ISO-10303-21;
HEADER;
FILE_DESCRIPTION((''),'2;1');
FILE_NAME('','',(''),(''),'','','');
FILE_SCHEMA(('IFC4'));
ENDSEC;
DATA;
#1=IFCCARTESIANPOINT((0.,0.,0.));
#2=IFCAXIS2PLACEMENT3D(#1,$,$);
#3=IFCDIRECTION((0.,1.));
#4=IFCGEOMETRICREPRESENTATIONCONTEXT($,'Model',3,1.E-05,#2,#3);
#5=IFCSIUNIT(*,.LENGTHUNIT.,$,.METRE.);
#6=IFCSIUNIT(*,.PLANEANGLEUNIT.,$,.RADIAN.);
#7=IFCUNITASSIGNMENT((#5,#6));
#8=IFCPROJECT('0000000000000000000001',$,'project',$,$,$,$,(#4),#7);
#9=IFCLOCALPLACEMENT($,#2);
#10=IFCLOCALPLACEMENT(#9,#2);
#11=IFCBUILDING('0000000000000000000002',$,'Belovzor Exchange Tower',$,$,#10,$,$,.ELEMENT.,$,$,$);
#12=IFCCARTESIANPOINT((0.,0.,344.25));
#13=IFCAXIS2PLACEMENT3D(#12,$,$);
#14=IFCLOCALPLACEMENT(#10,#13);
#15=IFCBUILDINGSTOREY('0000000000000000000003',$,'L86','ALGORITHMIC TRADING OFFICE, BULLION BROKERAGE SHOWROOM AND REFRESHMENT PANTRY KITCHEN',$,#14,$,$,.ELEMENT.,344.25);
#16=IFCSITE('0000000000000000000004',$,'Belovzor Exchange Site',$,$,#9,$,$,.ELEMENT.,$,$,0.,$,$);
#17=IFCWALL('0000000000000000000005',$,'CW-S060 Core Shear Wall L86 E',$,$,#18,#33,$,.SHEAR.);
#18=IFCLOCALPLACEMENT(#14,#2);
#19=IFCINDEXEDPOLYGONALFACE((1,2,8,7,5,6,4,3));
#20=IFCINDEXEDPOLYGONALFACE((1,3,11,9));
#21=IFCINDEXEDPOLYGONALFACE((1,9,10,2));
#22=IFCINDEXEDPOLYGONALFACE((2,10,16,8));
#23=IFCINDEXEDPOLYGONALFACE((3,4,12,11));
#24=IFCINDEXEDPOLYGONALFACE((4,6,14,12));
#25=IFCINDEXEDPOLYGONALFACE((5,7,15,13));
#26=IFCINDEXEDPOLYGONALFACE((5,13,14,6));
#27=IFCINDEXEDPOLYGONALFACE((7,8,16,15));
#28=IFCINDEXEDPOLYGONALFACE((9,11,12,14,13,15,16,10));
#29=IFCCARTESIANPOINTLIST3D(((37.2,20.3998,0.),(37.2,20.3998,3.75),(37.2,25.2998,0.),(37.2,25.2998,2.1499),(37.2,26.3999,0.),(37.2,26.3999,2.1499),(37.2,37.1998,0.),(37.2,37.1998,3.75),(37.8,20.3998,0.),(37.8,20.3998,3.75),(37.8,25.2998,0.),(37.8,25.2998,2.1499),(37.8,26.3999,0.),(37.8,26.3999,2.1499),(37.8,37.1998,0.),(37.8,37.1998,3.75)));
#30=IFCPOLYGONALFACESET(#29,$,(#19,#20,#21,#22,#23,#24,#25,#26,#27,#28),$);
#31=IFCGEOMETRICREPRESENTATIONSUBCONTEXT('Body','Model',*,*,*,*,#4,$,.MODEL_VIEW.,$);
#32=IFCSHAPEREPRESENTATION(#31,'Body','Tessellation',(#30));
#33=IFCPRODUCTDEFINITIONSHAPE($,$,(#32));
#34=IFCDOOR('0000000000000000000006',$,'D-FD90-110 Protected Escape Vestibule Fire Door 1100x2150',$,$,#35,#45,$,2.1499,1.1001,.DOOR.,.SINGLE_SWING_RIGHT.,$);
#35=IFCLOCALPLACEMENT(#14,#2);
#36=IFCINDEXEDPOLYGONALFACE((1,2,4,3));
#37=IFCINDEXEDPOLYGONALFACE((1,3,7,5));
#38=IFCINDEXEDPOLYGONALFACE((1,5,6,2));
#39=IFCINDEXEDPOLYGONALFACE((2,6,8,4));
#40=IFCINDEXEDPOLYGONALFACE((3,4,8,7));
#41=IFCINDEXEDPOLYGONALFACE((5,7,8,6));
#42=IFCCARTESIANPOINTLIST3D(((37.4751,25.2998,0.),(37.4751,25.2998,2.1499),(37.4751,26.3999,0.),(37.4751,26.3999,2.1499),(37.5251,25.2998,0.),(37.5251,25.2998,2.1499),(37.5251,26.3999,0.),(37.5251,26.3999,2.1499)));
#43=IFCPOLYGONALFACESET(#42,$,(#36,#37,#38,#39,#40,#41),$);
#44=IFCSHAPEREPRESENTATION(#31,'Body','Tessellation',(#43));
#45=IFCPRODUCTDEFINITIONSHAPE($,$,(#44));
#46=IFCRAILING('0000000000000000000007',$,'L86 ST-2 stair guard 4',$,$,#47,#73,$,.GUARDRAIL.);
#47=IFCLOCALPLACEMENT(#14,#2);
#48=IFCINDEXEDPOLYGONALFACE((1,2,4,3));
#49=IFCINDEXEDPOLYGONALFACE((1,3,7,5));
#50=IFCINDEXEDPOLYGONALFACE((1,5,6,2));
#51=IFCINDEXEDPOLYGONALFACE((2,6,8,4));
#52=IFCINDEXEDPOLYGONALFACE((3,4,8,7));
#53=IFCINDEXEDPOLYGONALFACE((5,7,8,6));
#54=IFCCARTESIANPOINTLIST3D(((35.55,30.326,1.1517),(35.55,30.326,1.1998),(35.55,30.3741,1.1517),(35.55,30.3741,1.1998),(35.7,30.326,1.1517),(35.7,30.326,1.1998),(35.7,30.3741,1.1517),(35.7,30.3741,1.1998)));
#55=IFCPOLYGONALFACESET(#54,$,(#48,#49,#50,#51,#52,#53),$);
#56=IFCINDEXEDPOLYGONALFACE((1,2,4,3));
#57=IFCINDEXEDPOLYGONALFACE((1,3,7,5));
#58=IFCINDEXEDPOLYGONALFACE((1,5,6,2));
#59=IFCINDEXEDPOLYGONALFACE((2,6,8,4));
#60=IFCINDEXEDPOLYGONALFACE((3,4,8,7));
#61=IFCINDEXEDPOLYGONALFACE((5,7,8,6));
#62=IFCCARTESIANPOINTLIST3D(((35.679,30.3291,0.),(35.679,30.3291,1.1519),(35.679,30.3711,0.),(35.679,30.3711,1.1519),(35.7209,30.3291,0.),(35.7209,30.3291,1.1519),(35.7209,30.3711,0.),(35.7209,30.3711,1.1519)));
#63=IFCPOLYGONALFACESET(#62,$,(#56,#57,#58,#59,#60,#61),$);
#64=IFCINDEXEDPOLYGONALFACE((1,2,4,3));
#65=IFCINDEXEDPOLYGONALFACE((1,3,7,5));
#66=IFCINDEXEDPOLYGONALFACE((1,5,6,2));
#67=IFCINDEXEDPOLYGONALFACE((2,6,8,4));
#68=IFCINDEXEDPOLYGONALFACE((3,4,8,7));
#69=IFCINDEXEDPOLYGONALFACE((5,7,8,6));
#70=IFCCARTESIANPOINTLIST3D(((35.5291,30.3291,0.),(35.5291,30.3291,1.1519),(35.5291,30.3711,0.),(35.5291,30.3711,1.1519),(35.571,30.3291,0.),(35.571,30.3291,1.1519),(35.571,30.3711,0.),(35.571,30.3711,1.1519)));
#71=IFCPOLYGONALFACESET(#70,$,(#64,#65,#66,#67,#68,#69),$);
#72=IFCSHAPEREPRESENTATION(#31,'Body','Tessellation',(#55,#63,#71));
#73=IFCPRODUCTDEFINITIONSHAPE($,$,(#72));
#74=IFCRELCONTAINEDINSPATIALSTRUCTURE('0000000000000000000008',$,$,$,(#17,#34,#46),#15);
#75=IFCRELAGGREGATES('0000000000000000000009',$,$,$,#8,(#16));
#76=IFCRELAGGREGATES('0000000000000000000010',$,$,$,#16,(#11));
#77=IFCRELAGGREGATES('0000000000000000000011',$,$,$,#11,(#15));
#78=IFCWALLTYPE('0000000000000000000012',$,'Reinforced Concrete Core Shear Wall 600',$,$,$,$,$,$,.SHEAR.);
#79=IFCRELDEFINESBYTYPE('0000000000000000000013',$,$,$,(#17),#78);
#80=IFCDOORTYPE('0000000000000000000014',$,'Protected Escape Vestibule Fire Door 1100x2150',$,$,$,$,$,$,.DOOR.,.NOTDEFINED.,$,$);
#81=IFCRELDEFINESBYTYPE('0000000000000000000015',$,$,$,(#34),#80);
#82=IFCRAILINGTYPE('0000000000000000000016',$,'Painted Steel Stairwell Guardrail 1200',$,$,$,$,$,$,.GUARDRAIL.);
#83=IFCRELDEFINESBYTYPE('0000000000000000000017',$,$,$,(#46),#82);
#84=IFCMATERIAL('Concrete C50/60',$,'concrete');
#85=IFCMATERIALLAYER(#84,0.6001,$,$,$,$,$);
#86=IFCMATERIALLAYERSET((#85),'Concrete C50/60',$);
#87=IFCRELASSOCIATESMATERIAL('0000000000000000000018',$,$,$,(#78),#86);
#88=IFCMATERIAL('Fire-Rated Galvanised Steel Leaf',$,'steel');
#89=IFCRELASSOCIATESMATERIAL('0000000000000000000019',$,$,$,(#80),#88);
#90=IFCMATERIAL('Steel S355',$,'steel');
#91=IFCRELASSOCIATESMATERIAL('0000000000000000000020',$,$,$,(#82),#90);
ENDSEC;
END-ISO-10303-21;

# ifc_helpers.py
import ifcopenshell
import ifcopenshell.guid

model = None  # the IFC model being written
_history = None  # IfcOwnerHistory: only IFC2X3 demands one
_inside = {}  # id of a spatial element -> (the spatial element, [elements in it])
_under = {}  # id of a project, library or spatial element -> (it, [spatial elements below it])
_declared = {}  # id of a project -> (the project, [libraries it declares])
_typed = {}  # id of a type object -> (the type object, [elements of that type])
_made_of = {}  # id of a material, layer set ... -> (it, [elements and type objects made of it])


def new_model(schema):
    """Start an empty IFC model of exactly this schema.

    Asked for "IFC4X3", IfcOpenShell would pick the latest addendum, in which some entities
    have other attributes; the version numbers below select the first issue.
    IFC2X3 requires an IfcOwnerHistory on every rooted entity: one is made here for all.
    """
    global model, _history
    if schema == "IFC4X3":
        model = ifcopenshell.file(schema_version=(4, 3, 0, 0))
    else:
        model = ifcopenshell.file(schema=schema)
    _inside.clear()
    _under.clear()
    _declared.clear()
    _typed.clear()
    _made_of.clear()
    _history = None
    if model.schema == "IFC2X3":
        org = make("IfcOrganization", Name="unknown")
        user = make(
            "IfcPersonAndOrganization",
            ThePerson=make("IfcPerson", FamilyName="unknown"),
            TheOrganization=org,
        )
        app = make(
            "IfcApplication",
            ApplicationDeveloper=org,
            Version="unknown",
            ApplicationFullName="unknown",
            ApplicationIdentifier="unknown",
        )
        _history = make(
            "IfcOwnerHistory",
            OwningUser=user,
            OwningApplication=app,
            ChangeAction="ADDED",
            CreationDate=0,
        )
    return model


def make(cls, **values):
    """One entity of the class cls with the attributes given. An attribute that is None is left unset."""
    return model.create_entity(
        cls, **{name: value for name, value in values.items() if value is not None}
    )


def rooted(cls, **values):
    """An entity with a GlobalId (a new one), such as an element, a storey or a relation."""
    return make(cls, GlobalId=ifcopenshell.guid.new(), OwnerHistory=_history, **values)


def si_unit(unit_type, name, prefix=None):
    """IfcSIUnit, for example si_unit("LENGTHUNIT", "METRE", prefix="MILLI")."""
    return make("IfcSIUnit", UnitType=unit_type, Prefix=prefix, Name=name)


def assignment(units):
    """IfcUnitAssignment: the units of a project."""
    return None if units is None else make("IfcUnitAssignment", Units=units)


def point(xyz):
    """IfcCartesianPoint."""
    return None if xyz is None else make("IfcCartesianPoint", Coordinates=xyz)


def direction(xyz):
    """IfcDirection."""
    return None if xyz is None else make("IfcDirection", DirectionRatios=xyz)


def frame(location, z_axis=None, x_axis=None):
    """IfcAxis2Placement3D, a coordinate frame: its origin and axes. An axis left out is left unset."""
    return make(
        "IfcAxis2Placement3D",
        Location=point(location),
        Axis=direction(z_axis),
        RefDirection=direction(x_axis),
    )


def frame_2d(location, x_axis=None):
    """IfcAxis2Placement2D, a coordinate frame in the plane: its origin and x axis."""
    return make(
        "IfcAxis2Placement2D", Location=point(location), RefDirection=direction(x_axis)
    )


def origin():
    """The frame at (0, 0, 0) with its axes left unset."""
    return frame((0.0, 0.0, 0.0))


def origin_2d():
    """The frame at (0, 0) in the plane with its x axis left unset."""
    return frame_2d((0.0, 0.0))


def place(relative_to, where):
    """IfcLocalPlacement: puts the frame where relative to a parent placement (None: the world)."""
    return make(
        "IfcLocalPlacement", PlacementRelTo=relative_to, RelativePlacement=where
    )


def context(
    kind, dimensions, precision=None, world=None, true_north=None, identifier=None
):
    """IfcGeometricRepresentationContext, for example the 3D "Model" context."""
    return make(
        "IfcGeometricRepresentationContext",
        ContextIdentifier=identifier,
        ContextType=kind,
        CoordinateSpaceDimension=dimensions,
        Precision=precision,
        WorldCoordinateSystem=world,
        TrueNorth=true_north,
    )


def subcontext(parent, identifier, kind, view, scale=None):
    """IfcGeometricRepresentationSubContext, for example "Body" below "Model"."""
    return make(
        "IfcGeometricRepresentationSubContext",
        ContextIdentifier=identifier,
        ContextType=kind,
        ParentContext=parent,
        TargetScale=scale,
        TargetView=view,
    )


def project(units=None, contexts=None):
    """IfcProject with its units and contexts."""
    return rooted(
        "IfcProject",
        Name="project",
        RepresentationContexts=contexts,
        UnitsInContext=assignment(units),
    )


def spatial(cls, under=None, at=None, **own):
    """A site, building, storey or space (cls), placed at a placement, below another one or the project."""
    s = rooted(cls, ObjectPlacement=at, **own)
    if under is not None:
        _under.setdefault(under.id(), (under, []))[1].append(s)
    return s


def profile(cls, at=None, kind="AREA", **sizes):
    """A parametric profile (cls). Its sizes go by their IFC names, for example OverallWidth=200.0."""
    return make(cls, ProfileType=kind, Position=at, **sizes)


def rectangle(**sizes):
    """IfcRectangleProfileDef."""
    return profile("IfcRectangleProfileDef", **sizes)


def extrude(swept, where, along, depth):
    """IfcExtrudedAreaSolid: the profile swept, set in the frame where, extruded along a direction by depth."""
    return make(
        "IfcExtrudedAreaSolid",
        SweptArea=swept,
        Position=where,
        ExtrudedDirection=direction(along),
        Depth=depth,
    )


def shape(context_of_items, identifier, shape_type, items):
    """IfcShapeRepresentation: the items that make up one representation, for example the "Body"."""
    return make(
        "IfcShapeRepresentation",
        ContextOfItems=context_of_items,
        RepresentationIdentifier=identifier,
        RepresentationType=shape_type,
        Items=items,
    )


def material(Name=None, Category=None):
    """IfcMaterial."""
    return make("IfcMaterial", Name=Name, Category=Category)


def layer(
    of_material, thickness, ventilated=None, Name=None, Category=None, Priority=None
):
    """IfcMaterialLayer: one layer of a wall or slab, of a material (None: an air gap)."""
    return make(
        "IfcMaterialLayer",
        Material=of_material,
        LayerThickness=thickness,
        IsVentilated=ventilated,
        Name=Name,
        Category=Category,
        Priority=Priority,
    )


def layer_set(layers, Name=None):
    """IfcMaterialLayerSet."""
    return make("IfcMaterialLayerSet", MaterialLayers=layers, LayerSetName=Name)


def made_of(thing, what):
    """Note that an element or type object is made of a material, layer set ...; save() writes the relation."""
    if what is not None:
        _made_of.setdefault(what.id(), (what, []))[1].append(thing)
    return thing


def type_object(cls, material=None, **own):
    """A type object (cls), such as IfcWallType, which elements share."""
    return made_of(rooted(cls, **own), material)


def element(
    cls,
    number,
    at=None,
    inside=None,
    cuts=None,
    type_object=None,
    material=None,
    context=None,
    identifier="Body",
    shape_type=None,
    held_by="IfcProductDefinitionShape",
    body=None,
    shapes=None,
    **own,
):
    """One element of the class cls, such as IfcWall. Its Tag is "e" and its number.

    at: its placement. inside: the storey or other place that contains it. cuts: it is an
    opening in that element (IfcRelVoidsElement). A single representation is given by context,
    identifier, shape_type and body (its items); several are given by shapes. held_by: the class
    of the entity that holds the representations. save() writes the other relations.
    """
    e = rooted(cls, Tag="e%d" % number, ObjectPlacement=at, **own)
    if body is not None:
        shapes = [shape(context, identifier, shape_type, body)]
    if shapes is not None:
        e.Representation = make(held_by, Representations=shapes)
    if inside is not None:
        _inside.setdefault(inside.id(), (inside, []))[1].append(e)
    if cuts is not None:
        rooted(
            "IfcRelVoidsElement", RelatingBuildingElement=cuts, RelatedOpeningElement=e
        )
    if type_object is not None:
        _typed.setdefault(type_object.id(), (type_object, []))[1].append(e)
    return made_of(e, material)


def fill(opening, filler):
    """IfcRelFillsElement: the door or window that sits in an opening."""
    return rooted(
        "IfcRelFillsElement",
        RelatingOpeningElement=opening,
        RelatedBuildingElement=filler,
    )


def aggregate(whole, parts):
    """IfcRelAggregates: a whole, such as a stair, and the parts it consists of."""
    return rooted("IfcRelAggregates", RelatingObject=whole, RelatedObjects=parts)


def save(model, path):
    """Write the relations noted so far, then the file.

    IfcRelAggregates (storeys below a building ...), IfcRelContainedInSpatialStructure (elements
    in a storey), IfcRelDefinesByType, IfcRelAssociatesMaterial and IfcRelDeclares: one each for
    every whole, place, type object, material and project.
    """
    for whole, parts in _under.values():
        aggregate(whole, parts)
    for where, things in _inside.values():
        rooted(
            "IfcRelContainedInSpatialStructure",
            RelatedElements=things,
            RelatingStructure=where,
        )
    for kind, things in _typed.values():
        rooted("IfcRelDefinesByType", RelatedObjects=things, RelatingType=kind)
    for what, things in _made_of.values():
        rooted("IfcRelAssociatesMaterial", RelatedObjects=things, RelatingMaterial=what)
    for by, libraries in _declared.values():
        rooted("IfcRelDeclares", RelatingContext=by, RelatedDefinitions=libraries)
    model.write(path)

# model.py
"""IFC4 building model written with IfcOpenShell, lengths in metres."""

from ifc_helpers import new_model, si_unit, direction, frame, frame_2d, origin, origin_2d, place, context, subcontext, project, spatial, rectangle, extrude, material, layer, layer_set, type_object, element, fill, save


model = new_model("IFC4")

# Units and contexts
model_context = context("Model", 3, precision=1e-05, world=origin(), true_north=direction((0.0, 1.0)))
body_context = subcontext(model_context, "Body", "Model", "MODEL_VIEW")
ifc_project = project(units=[si_unit("LENGTHUNIT", "METRE"), si_unit("PLANEANGLEUNIT", "RADIAN")], contexts=[model_context])

# Site, building, storey
site_placement = place(None, origin())
site = spatial("IfcSite", under=ifc_project, at=site_placement, Name="Belovzor Exchange Site", CompositionType="ELEMENT", RefElevation=0.0)
building_placement = place(site_placement, origin())
building = spatial("IfcBuilding", under=site, at=building_placement, Name="Belovzor Exchange Tower", CompositionType="ELEMENT")
storey_placement = place(building_placement, frame((0.0, 0.0, 344.25)))
storey = spatial("IfcBuildingStorey", under=building, at=storey_placement, Name="L86", Description="ALGORITHMIC TRADING OFFICE, BULLION BROKERAGE SHOWROOM AND REFRESHMENT PANTRY KITCHEN", CompositionType="ELEMENT", Elevation=344.25)

# Wall, opening, door
ifc_material_1 = material(Name="Concrete C50/60", Category="concrete")
ifc_layer_1 = layer(ifc_material_1, 0.6001)
ifc_layer_set_1 = layer_set([ifc_layer_1], Name="Concrete C50/60")
wall_type_1 = type_object("IfcWallType", Name="Reinforced Concrete Core Shear Wall 600", PredefinedType="SHEAR", material=ifc_layer_set_1)
wall_1_placement = place(storey_placement, frame((37.5, 20.3999, 0.0), z_axis=(0.0, 0.0, 1.0), x_axis=(0.0, 1.0, 0.0)))
wall_1 = element("IfcWall", 1, at=wall_1_placement, inside=storey, type_object=wall_type_1, Name="CW-S060 Core Shear Wall L86 E", PredefinedType="SHEAR", context=body_context, shape_type="SweptSolid", body=[
    extrude(rectangle(XDim=16.8, YDim=0.6001, at=frame_2d((8.3999, 0.0))), origin(), (0.0, 0.0, 1.0), 3.75),
])
opening_1_placement = place(wall_1_placement, frame((4.8999, 0.0, 0.0)))
opening_1 = element("IfcOpeningElement", 2, at=opening_1_placement, cuts=wall_1, PredefinedType="OPENING", context=body_context, shape_type="SweptSolid", body=[
    extrude(rectangle(XDim=1.1001, YDim=2.1499, at=frame_2d((0.55, 1.075))), frame((0.0, 0.3101, 0.0), z_axis=(0.0, -1.0, 0.0), x_axis=(1.0, 0.0, 0.0)), (0.0, 0.0, 1.0), 0.6201),
])
ifc_material_2 = material(Name="Fire-Rated Galvanised Steel Leaf", Category="steel")
door_type_1 = type_object("IfcDoorType", Name="Protected Escape Vestibule Fire Door 1100x2150", OperationType="NOTDEFINED", PredefinedType="DOOR", material=ifc_material_2)
door_1_placement = place(opening_1_placement, origin())
door_1 = element("IfcDoor", 3, at=door_1_placement, inside=storey, type_object=door_type_1, Name="D-FD90-110 Protected Escape Vestibule Fire Door 1100x2150", OperationType="SINGLE_SWING_RIGHT", OverallHeight=2.1499, OverallWidth=1.1001, PredefinedType="DOOR", context=body_context, shape_type="SweptSolid", body=[
    extrude(rectangle(XDim=1.1001, YDim=2.1499, at=frame_2d((0.55, 1.075))), frame((0.0, 0.0249, 0.0), z_axis=(0.0, -1.0, 0.0), x_axis=(1.0, 0.0, 0.0)), (0.0, 0.0, 1.0), 0.05),
])
fill(opening_1, door_1)

# Railing
ifc_material_3 = material(Name="Steel S355", Category="steel")
railing_type = type_object("IfcRailingType", Name="Painted Steel Stairwell Guardrail 1200", PredefinedType="GUARDRAIL", material=ifc_material_3)
railing_placement = place(storey_placement, frame((35.7, 30.3501, 0.0)))
element("IfcRailing", 4, at=railing_placement, inside=storey, type_object=railing_type, Name="L86 ST-2 stair guard 4", PredefinedType="GUARDRAIL", context=body_context, shape_type="SweptSolid", body=[
    extrude(rectangle(XDim=0.0481, YDim=0.0481, at=origin_2d()), frame((0.0, 0.0, 1.1758), z_axis=(-1.0, 0.0, 0.0), x_axis=(0.0, -1.0, 0.0)), (0.0, 0.0, 1.0), 0.1499),
    extrude(rectangle(XDim=0.042, YDim=0.042, at=origin_2d()), origin(), (0.0, 0.0, 1.0), 1.1519),
    extrude(rectangle(XDim=0.042, YDim=0.042, at=origin_2d()), frame((-0.1499, 0.0, 0.0)), (0.0, 0.0, 1.0), 1.1519),
])

save(model, "model.ifc")
